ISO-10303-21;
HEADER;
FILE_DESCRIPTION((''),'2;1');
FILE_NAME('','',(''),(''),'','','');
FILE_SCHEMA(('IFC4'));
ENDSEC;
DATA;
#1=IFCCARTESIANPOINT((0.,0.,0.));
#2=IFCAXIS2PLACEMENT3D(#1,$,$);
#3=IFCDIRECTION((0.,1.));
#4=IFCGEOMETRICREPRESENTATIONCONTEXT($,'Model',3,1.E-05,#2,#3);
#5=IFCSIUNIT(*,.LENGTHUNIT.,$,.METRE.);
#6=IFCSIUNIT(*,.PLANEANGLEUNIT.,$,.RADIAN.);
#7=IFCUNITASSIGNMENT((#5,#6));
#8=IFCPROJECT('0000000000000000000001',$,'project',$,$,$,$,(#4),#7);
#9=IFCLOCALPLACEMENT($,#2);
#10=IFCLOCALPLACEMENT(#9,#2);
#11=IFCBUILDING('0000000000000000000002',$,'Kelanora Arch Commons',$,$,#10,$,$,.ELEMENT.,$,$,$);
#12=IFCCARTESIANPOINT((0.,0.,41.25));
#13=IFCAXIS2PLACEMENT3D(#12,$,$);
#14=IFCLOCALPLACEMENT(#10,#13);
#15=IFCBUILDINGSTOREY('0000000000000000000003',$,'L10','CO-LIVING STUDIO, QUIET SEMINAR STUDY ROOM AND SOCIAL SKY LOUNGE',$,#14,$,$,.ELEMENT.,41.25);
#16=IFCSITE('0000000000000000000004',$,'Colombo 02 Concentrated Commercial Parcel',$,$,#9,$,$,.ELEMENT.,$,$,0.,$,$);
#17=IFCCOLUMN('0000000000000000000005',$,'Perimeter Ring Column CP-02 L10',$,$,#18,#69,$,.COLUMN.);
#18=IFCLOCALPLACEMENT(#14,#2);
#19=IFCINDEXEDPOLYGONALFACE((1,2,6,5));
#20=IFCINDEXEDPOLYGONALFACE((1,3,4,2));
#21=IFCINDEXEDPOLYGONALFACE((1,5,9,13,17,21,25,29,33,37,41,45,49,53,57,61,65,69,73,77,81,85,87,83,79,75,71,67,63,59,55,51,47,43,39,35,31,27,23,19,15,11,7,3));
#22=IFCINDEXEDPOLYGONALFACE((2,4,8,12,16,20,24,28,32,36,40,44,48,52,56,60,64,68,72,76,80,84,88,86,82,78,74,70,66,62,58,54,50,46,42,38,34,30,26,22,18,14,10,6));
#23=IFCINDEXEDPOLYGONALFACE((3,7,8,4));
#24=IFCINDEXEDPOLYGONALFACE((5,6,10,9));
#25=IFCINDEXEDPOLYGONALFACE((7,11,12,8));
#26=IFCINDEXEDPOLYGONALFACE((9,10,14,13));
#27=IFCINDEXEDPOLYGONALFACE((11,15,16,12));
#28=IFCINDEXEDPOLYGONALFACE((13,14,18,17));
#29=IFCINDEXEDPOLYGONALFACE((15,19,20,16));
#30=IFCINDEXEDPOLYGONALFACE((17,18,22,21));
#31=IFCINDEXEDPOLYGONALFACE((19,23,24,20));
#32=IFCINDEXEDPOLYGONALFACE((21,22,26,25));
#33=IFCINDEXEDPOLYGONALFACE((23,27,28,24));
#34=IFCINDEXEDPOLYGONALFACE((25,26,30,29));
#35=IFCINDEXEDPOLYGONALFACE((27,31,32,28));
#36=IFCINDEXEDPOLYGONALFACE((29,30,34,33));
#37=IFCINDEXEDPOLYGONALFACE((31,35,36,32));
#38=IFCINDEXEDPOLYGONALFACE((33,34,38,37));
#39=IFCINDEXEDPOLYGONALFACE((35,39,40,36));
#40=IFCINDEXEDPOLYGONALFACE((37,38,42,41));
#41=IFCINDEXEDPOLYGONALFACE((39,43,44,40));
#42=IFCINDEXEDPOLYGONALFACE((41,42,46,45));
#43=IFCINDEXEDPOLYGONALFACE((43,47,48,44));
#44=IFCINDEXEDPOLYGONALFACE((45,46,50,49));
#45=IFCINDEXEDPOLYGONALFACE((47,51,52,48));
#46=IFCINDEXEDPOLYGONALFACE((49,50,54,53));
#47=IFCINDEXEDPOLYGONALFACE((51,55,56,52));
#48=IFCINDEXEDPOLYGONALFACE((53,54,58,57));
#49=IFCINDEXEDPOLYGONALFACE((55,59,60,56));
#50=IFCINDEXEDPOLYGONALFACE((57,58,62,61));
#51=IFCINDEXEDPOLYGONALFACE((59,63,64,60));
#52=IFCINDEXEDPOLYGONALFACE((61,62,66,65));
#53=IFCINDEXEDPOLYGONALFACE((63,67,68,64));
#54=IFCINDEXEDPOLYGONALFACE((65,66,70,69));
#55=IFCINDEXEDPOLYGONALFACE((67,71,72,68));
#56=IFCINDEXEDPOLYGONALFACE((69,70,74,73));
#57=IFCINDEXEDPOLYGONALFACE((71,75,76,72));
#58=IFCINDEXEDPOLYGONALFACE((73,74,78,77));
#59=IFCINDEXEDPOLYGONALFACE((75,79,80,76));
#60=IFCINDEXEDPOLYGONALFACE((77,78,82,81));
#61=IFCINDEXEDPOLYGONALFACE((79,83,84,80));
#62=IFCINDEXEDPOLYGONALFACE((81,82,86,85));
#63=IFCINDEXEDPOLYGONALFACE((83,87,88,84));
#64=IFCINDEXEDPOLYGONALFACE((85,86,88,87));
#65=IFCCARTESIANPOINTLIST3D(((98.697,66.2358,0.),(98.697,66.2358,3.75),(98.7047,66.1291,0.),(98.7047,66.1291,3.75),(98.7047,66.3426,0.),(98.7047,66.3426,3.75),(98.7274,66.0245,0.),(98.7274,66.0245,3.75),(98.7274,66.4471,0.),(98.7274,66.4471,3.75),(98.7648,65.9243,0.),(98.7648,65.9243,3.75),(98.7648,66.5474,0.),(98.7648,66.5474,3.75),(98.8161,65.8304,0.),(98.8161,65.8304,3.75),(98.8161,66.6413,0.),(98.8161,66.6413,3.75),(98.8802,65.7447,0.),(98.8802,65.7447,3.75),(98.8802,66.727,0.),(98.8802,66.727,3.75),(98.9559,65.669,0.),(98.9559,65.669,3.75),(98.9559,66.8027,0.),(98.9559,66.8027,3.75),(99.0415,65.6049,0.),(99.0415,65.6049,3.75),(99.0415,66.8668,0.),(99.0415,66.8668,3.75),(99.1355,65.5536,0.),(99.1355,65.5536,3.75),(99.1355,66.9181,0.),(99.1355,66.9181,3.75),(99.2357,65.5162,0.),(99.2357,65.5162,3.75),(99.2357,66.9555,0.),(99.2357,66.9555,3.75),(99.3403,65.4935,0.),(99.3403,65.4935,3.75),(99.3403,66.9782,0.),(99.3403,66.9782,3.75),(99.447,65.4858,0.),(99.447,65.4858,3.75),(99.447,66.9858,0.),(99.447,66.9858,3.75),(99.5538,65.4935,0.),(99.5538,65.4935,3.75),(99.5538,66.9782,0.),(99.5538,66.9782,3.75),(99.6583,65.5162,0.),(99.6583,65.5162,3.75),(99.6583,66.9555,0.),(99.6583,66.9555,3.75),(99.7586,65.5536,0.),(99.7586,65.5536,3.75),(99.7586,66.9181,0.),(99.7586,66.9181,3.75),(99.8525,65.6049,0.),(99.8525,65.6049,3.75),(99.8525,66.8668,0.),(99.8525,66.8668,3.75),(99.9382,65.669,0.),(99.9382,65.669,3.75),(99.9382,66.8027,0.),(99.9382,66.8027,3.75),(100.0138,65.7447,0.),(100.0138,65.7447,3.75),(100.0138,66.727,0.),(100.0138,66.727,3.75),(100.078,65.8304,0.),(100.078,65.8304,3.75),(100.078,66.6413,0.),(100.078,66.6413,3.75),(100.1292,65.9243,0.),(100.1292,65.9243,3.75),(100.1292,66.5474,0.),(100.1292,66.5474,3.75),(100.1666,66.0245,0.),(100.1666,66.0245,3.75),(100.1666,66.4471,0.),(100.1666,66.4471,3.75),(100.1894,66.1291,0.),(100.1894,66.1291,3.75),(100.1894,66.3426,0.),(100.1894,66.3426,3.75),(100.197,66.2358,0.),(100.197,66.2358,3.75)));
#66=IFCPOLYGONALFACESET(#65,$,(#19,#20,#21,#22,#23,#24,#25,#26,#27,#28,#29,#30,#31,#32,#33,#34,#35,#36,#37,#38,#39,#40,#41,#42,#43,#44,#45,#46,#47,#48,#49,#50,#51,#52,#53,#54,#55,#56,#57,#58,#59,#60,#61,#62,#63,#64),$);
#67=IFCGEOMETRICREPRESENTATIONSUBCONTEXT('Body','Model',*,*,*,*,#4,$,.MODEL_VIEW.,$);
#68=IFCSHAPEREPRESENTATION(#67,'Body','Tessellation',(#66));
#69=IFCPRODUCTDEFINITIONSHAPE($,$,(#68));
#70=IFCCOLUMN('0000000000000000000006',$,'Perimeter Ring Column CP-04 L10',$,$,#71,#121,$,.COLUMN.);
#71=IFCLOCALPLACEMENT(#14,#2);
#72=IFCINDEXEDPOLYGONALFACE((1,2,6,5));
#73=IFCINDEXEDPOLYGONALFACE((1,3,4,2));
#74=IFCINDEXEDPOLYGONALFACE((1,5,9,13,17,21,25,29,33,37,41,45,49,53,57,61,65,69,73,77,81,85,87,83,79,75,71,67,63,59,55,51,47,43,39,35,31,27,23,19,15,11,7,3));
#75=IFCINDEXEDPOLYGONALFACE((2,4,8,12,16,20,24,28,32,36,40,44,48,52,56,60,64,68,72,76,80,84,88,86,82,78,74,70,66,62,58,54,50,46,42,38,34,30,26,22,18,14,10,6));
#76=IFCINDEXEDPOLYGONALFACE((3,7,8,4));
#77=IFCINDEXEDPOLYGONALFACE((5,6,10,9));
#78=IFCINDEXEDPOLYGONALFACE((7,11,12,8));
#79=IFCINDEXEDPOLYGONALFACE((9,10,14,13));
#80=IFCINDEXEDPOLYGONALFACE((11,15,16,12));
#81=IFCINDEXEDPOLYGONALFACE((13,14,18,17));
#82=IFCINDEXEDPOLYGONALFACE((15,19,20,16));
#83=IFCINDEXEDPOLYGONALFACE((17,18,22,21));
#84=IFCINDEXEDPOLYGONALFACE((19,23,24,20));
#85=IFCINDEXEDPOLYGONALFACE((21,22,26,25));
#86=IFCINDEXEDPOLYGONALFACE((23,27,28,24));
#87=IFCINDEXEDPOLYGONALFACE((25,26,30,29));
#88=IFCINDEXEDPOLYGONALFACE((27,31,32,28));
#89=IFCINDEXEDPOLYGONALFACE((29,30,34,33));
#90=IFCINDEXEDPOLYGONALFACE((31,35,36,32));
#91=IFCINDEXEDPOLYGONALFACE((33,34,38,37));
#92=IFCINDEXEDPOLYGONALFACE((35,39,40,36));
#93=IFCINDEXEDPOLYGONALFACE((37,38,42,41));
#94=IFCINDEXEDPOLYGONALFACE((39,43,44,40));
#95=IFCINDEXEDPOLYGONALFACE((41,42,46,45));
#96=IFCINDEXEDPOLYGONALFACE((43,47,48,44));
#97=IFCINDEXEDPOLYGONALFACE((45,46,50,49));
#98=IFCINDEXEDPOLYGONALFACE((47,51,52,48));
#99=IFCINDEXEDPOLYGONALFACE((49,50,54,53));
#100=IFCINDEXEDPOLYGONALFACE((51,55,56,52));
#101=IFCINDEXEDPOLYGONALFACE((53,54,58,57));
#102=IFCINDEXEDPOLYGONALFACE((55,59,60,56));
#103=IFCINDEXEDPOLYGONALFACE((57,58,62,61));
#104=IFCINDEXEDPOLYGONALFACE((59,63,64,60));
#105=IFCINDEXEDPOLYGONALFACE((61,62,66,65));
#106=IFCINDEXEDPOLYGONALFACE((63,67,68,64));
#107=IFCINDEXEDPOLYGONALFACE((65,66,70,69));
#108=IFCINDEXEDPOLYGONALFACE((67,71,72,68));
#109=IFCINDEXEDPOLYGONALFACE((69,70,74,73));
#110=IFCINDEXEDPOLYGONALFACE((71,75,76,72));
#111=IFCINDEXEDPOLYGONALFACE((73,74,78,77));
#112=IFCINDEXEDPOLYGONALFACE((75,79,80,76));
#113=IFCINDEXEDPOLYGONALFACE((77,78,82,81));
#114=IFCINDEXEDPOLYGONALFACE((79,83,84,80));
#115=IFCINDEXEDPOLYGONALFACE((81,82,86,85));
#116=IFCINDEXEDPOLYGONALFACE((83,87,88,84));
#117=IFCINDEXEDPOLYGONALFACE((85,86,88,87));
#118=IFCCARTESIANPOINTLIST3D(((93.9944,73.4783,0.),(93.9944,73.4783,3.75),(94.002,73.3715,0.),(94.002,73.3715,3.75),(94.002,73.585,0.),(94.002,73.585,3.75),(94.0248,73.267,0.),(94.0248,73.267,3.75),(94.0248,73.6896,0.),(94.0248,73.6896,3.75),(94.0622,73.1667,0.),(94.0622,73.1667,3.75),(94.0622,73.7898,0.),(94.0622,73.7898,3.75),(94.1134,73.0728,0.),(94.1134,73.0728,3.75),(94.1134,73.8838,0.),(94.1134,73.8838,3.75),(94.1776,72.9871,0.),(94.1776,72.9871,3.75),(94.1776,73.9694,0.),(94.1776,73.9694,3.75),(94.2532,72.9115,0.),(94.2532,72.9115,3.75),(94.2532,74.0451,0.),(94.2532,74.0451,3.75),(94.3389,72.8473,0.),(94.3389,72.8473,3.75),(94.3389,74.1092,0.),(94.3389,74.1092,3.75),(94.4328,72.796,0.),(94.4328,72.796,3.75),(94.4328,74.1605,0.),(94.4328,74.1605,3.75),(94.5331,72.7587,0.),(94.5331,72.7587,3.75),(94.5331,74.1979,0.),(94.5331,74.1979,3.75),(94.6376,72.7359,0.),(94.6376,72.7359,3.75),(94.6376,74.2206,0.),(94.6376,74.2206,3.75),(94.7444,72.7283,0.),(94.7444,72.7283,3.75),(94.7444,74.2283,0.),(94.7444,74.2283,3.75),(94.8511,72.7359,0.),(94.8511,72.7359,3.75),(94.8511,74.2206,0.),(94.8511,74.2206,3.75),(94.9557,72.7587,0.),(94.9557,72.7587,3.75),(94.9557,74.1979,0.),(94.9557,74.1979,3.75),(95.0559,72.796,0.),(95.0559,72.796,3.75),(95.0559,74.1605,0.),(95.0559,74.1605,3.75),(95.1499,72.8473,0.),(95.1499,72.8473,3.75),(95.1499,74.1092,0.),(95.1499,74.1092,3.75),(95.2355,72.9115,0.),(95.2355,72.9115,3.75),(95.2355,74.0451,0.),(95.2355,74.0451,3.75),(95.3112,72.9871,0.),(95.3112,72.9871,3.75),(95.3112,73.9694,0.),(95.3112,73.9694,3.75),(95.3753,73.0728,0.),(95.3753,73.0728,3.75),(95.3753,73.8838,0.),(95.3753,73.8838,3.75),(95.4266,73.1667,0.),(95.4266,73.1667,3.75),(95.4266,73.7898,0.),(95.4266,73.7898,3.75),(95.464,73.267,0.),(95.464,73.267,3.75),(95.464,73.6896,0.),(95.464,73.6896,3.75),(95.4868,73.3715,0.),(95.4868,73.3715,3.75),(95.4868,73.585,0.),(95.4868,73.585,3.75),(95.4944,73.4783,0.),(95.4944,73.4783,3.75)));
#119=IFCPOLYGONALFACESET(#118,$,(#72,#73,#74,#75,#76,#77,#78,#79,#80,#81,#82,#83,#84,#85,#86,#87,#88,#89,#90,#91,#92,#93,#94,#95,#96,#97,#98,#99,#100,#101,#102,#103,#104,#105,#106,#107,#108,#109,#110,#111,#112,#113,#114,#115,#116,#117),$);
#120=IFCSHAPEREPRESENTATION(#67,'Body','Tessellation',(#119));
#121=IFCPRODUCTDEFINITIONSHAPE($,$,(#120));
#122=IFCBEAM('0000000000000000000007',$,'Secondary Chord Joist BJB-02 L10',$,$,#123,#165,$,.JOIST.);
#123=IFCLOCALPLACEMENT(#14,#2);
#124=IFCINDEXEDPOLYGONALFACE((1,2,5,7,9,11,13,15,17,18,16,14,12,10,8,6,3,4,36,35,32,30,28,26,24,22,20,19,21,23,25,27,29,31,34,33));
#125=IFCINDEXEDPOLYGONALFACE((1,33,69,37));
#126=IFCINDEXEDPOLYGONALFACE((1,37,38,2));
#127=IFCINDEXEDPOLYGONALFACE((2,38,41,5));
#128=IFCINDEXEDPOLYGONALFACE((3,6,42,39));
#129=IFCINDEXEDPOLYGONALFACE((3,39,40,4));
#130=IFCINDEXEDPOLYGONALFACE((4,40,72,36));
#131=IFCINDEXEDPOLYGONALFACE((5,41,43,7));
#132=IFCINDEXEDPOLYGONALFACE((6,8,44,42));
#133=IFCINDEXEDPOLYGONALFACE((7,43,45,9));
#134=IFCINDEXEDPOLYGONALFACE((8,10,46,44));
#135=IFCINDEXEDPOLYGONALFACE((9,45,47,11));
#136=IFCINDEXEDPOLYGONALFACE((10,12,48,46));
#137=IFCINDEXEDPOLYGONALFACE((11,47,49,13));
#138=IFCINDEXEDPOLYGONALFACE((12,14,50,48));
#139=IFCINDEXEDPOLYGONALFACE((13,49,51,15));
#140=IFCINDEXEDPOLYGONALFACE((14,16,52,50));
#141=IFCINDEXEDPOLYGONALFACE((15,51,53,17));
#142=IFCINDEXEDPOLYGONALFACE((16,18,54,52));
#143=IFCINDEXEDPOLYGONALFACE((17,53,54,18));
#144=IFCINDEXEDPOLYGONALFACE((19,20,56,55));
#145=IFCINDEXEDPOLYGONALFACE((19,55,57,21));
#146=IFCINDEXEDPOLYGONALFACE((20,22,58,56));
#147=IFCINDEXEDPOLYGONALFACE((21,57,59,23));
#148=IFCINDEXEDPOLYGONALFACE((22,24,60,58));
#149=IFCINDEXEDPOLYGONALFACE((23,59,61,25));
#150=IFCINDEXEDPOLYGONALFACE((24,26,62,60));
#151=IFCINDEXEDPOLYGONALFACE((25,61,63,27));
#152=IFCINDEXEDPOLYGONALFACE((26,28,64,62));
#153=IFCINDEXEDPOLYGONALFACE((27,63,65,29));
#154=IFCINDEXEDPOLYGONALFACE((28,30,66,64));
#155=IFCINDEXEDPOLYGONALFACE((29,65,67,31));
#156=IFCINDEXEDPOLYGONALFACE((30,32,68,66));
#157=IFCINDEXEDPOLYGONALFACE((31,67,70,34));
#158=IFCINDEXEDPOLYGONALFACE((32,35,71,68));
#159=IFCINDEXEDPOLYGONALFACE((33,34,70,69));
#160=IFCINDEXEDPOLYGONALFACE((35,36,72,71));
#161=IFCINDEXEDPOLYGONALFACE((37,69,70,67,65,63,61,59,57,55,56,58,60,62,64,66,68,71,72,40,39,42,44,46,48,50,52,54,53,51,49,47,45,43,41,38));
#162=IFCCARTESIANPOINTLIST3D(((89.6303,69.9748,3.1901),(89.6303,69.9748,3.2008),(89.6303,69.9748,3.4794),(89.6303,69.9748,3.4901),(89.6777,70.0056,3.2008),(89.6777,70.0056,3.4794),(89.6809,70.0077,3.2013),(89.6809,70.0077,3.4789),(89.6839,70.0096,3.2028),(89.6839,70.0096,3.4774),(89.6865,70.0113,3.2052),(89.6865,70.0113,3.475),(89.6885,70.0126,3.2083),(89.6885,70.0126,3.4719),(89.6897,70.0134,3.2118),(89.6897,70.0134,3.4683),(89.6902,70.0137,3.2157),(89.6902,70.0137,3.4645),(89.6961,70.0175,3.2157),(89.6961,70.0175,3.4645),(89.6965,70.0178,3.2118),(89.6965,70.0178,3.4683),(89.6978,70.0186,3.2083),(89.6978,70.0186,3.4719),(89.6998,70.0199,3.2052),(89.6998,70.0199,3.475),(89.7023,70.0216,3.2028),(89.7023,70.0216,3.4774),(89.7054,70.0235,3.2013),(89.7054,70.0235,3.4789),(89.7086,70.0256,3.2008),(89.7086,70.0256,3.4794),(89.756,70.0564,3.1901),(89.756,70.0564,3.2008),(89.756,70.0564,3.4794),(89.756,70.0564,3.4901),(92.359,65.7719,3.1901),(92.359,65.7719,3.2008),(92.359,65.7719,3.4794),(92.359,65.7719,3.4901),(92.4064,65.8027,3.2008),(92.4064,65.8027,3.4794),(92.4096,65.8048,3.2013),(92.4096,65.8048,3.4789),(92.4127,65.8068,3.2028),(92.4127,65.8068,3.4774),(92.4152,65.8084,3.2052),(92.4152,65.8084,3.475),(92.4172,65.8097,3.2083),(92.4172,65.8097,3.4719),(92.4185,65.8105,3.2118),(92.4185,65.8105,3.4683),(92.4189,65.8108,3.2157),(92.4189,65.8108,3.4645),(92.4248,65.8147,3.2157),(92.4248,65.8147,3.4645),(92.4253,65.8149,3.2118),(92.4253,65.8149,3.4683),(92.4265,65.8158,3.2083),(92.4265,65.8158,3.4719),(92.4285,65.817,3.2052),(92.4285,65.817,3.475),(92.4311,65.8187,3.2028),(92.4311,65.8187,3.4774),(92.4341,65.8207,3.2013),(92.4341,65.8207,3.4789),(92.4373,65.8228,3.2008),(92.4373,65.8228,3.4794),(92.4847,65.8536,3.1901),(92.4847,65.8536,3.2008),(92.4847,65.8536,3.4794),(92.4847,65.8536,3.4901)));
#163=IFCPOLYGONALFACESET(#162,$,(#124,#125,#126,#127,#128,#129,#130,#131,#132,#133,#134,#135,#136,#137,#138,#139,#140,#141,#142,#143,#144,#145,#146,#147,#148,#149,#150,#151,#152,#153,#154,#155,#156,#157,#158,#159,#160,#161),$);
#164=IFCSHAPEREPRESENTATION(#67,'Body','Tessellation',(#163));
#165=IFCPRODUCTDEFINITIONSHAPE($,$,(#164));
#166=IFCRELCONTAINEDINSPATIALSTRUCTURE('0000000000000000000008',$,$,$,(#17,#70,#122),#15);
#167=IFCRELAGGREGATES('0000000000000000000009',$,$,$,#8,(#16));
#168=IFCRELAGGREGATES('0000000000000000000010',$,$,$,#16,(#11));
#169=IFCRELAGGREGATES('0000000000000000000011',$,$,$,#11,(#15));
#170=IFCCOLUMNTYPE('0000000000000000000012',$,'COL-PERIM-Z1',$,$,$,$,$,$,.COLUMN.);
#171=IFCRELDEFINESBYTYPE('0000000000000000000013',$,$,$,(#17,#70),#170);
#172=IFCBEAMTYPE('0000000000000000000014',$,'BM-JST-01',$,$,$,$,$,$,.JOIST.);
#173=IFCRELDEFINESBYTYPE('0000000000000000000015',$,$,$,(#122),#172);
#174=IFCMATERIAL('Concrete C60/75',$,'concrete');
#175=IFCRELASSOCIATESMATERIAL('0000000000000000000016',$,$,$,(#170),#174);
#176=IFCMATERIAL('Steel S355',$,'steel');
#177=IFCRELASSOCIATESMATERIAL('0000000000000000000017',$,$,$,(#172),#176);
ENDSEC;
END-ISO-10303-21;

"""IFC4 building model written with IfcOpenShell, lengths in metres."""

from ifc_helpers import new_model, si_unit, direction, frame, origin, origin_2d, place, context, subcontext, project, spatial, circle, i_section, extrude, material, material_profile, profile_set, type_object, element, save


model = new_model("IFC4")

# Units and contexts
model_context = context("Model", 3, precision=1e-05, world=origin(), true_north=direction((0.0, 1.0)))
body_context = subcontext(model_context, "Body", "Model", "MODEL_VIEW")
ifc_project = project(units=[si_unit("LENGTHUNIT", "METRE"), si_unit("PLANEANGLEUNIT", "RADIAN")], contexts=[model_context])

# Site, building, storey
site_placement = place(None, origin())
site = spatial("IfcSite", under=ifc_project, at=site_placement, Name="Colombo 02 Concentrated Commercial Parcel", CompositionType="ELEMENT", RefElevation=0.0)
building_placement = place(site_placement, origin())
building = spatial("IfcBuilding", under=site, at=building_placement, Name="Kelanora Arch Commons", CompositionType="ELEMENT")
storey_placement = place(building_placement, frame((0.0, 0.0, 41.25)))
storey = spatial("IfcBuildingStorey", under=building, at=storey_placement, Name="L10", Description="CO-LIVING STUDIO, QUIET SEMINAR STUDY ROOM AND SOCIAL SKY LOUNGE", CompositionType="ELEMENT", Elevation=41.25)

# Columns
ifc_material_1 = material(Name="Concrete C60/75", Category="concrete")
ifc_material_profile_1 = material_profile(ifc_material_1, circle(Radius=0.75, at=origin_2d()), Name="RCC1500")
ifc_profile_set_1 = profile_set([ifc_material_profile_1], Name="Concrete C60/75")
column_type = type_object("IfcColumnType", Name="COL-PERIM-Z1", PredefinedType="COLUMN", material=ifc_profile_set_1)
for number, where, z_axis, x_axis, name in (
    (1, (99.447, 66.2358, 0.0), (0.0, 0.0, 1.0), (1.0, 0.0, 0.0), "Perimeter Ring Column CP-02 L10"),
    (2, (94.7444, 73.4783, 0.0), (0.0, 0.0, 1.0), (1.0, 0.0, 0.0), "Perimeter Ring Column CP-04 L10"),
):
    element("IfcColumn", number, at=place(storey_placement, frame(where, z_axis=z_axis, x_axis=x_axis)), inside=storey, type_object=column_type, Name=name, PredefinedType="COLUMN", context=body_context, shape_type="SweptSolid", body=[
        extrude(circle(Radius=0.75, at=origin_2d()), origin(), (0.0, 0.0, 1.0), 3.75),
    ])

# Beam
ifc_material_2 = material(Name="Steel S355", Category="steel")
ifc_material_profile_2 = material_profile(ifc_material_2, i_section(OverallWidth=0.1499, OverallDepth=0.3, WebThickness=0.0071, FlangeThickness=0.0107, FilletRadius=0.0149, at=origin_2d()), Name="IPE300")
ifc_profile_set_2 = profile_set([ifc_material_profile_2], Name="Steel S355")
beam_type_1 = type_object("IfcBeamType", Name="BM-JST-01", PredefinedType="JOIST", material=ifc_profile_set_2)
beam_1_placement = place(storey_placement, frame((92.4219, 65.8127, 3.3401), z_axis=(-0.544552, 0.838727, 0.0), x_axis=(-0.838727, -0.544552, 0.0)))
element("IfcBeam", 3, at=beam_1_placement, inside=storey, type_object=beam_type_1, Name="Secondary Chord Joist BJB-02 L10", PredefinedType="JOIST", context=body_context, shape_type="SweptSolid", body=[
    extrude(i_section(OverallWidth=0.1499, OverallDepth=0.3, WebThickness=0.0071, FlangeThickness=0.0107, FilletRadius=0.0149, at=origin_2d()), origin(), (0.0, 0.0, 1.0), 5.011),
])

save(model, "model.ifc")
